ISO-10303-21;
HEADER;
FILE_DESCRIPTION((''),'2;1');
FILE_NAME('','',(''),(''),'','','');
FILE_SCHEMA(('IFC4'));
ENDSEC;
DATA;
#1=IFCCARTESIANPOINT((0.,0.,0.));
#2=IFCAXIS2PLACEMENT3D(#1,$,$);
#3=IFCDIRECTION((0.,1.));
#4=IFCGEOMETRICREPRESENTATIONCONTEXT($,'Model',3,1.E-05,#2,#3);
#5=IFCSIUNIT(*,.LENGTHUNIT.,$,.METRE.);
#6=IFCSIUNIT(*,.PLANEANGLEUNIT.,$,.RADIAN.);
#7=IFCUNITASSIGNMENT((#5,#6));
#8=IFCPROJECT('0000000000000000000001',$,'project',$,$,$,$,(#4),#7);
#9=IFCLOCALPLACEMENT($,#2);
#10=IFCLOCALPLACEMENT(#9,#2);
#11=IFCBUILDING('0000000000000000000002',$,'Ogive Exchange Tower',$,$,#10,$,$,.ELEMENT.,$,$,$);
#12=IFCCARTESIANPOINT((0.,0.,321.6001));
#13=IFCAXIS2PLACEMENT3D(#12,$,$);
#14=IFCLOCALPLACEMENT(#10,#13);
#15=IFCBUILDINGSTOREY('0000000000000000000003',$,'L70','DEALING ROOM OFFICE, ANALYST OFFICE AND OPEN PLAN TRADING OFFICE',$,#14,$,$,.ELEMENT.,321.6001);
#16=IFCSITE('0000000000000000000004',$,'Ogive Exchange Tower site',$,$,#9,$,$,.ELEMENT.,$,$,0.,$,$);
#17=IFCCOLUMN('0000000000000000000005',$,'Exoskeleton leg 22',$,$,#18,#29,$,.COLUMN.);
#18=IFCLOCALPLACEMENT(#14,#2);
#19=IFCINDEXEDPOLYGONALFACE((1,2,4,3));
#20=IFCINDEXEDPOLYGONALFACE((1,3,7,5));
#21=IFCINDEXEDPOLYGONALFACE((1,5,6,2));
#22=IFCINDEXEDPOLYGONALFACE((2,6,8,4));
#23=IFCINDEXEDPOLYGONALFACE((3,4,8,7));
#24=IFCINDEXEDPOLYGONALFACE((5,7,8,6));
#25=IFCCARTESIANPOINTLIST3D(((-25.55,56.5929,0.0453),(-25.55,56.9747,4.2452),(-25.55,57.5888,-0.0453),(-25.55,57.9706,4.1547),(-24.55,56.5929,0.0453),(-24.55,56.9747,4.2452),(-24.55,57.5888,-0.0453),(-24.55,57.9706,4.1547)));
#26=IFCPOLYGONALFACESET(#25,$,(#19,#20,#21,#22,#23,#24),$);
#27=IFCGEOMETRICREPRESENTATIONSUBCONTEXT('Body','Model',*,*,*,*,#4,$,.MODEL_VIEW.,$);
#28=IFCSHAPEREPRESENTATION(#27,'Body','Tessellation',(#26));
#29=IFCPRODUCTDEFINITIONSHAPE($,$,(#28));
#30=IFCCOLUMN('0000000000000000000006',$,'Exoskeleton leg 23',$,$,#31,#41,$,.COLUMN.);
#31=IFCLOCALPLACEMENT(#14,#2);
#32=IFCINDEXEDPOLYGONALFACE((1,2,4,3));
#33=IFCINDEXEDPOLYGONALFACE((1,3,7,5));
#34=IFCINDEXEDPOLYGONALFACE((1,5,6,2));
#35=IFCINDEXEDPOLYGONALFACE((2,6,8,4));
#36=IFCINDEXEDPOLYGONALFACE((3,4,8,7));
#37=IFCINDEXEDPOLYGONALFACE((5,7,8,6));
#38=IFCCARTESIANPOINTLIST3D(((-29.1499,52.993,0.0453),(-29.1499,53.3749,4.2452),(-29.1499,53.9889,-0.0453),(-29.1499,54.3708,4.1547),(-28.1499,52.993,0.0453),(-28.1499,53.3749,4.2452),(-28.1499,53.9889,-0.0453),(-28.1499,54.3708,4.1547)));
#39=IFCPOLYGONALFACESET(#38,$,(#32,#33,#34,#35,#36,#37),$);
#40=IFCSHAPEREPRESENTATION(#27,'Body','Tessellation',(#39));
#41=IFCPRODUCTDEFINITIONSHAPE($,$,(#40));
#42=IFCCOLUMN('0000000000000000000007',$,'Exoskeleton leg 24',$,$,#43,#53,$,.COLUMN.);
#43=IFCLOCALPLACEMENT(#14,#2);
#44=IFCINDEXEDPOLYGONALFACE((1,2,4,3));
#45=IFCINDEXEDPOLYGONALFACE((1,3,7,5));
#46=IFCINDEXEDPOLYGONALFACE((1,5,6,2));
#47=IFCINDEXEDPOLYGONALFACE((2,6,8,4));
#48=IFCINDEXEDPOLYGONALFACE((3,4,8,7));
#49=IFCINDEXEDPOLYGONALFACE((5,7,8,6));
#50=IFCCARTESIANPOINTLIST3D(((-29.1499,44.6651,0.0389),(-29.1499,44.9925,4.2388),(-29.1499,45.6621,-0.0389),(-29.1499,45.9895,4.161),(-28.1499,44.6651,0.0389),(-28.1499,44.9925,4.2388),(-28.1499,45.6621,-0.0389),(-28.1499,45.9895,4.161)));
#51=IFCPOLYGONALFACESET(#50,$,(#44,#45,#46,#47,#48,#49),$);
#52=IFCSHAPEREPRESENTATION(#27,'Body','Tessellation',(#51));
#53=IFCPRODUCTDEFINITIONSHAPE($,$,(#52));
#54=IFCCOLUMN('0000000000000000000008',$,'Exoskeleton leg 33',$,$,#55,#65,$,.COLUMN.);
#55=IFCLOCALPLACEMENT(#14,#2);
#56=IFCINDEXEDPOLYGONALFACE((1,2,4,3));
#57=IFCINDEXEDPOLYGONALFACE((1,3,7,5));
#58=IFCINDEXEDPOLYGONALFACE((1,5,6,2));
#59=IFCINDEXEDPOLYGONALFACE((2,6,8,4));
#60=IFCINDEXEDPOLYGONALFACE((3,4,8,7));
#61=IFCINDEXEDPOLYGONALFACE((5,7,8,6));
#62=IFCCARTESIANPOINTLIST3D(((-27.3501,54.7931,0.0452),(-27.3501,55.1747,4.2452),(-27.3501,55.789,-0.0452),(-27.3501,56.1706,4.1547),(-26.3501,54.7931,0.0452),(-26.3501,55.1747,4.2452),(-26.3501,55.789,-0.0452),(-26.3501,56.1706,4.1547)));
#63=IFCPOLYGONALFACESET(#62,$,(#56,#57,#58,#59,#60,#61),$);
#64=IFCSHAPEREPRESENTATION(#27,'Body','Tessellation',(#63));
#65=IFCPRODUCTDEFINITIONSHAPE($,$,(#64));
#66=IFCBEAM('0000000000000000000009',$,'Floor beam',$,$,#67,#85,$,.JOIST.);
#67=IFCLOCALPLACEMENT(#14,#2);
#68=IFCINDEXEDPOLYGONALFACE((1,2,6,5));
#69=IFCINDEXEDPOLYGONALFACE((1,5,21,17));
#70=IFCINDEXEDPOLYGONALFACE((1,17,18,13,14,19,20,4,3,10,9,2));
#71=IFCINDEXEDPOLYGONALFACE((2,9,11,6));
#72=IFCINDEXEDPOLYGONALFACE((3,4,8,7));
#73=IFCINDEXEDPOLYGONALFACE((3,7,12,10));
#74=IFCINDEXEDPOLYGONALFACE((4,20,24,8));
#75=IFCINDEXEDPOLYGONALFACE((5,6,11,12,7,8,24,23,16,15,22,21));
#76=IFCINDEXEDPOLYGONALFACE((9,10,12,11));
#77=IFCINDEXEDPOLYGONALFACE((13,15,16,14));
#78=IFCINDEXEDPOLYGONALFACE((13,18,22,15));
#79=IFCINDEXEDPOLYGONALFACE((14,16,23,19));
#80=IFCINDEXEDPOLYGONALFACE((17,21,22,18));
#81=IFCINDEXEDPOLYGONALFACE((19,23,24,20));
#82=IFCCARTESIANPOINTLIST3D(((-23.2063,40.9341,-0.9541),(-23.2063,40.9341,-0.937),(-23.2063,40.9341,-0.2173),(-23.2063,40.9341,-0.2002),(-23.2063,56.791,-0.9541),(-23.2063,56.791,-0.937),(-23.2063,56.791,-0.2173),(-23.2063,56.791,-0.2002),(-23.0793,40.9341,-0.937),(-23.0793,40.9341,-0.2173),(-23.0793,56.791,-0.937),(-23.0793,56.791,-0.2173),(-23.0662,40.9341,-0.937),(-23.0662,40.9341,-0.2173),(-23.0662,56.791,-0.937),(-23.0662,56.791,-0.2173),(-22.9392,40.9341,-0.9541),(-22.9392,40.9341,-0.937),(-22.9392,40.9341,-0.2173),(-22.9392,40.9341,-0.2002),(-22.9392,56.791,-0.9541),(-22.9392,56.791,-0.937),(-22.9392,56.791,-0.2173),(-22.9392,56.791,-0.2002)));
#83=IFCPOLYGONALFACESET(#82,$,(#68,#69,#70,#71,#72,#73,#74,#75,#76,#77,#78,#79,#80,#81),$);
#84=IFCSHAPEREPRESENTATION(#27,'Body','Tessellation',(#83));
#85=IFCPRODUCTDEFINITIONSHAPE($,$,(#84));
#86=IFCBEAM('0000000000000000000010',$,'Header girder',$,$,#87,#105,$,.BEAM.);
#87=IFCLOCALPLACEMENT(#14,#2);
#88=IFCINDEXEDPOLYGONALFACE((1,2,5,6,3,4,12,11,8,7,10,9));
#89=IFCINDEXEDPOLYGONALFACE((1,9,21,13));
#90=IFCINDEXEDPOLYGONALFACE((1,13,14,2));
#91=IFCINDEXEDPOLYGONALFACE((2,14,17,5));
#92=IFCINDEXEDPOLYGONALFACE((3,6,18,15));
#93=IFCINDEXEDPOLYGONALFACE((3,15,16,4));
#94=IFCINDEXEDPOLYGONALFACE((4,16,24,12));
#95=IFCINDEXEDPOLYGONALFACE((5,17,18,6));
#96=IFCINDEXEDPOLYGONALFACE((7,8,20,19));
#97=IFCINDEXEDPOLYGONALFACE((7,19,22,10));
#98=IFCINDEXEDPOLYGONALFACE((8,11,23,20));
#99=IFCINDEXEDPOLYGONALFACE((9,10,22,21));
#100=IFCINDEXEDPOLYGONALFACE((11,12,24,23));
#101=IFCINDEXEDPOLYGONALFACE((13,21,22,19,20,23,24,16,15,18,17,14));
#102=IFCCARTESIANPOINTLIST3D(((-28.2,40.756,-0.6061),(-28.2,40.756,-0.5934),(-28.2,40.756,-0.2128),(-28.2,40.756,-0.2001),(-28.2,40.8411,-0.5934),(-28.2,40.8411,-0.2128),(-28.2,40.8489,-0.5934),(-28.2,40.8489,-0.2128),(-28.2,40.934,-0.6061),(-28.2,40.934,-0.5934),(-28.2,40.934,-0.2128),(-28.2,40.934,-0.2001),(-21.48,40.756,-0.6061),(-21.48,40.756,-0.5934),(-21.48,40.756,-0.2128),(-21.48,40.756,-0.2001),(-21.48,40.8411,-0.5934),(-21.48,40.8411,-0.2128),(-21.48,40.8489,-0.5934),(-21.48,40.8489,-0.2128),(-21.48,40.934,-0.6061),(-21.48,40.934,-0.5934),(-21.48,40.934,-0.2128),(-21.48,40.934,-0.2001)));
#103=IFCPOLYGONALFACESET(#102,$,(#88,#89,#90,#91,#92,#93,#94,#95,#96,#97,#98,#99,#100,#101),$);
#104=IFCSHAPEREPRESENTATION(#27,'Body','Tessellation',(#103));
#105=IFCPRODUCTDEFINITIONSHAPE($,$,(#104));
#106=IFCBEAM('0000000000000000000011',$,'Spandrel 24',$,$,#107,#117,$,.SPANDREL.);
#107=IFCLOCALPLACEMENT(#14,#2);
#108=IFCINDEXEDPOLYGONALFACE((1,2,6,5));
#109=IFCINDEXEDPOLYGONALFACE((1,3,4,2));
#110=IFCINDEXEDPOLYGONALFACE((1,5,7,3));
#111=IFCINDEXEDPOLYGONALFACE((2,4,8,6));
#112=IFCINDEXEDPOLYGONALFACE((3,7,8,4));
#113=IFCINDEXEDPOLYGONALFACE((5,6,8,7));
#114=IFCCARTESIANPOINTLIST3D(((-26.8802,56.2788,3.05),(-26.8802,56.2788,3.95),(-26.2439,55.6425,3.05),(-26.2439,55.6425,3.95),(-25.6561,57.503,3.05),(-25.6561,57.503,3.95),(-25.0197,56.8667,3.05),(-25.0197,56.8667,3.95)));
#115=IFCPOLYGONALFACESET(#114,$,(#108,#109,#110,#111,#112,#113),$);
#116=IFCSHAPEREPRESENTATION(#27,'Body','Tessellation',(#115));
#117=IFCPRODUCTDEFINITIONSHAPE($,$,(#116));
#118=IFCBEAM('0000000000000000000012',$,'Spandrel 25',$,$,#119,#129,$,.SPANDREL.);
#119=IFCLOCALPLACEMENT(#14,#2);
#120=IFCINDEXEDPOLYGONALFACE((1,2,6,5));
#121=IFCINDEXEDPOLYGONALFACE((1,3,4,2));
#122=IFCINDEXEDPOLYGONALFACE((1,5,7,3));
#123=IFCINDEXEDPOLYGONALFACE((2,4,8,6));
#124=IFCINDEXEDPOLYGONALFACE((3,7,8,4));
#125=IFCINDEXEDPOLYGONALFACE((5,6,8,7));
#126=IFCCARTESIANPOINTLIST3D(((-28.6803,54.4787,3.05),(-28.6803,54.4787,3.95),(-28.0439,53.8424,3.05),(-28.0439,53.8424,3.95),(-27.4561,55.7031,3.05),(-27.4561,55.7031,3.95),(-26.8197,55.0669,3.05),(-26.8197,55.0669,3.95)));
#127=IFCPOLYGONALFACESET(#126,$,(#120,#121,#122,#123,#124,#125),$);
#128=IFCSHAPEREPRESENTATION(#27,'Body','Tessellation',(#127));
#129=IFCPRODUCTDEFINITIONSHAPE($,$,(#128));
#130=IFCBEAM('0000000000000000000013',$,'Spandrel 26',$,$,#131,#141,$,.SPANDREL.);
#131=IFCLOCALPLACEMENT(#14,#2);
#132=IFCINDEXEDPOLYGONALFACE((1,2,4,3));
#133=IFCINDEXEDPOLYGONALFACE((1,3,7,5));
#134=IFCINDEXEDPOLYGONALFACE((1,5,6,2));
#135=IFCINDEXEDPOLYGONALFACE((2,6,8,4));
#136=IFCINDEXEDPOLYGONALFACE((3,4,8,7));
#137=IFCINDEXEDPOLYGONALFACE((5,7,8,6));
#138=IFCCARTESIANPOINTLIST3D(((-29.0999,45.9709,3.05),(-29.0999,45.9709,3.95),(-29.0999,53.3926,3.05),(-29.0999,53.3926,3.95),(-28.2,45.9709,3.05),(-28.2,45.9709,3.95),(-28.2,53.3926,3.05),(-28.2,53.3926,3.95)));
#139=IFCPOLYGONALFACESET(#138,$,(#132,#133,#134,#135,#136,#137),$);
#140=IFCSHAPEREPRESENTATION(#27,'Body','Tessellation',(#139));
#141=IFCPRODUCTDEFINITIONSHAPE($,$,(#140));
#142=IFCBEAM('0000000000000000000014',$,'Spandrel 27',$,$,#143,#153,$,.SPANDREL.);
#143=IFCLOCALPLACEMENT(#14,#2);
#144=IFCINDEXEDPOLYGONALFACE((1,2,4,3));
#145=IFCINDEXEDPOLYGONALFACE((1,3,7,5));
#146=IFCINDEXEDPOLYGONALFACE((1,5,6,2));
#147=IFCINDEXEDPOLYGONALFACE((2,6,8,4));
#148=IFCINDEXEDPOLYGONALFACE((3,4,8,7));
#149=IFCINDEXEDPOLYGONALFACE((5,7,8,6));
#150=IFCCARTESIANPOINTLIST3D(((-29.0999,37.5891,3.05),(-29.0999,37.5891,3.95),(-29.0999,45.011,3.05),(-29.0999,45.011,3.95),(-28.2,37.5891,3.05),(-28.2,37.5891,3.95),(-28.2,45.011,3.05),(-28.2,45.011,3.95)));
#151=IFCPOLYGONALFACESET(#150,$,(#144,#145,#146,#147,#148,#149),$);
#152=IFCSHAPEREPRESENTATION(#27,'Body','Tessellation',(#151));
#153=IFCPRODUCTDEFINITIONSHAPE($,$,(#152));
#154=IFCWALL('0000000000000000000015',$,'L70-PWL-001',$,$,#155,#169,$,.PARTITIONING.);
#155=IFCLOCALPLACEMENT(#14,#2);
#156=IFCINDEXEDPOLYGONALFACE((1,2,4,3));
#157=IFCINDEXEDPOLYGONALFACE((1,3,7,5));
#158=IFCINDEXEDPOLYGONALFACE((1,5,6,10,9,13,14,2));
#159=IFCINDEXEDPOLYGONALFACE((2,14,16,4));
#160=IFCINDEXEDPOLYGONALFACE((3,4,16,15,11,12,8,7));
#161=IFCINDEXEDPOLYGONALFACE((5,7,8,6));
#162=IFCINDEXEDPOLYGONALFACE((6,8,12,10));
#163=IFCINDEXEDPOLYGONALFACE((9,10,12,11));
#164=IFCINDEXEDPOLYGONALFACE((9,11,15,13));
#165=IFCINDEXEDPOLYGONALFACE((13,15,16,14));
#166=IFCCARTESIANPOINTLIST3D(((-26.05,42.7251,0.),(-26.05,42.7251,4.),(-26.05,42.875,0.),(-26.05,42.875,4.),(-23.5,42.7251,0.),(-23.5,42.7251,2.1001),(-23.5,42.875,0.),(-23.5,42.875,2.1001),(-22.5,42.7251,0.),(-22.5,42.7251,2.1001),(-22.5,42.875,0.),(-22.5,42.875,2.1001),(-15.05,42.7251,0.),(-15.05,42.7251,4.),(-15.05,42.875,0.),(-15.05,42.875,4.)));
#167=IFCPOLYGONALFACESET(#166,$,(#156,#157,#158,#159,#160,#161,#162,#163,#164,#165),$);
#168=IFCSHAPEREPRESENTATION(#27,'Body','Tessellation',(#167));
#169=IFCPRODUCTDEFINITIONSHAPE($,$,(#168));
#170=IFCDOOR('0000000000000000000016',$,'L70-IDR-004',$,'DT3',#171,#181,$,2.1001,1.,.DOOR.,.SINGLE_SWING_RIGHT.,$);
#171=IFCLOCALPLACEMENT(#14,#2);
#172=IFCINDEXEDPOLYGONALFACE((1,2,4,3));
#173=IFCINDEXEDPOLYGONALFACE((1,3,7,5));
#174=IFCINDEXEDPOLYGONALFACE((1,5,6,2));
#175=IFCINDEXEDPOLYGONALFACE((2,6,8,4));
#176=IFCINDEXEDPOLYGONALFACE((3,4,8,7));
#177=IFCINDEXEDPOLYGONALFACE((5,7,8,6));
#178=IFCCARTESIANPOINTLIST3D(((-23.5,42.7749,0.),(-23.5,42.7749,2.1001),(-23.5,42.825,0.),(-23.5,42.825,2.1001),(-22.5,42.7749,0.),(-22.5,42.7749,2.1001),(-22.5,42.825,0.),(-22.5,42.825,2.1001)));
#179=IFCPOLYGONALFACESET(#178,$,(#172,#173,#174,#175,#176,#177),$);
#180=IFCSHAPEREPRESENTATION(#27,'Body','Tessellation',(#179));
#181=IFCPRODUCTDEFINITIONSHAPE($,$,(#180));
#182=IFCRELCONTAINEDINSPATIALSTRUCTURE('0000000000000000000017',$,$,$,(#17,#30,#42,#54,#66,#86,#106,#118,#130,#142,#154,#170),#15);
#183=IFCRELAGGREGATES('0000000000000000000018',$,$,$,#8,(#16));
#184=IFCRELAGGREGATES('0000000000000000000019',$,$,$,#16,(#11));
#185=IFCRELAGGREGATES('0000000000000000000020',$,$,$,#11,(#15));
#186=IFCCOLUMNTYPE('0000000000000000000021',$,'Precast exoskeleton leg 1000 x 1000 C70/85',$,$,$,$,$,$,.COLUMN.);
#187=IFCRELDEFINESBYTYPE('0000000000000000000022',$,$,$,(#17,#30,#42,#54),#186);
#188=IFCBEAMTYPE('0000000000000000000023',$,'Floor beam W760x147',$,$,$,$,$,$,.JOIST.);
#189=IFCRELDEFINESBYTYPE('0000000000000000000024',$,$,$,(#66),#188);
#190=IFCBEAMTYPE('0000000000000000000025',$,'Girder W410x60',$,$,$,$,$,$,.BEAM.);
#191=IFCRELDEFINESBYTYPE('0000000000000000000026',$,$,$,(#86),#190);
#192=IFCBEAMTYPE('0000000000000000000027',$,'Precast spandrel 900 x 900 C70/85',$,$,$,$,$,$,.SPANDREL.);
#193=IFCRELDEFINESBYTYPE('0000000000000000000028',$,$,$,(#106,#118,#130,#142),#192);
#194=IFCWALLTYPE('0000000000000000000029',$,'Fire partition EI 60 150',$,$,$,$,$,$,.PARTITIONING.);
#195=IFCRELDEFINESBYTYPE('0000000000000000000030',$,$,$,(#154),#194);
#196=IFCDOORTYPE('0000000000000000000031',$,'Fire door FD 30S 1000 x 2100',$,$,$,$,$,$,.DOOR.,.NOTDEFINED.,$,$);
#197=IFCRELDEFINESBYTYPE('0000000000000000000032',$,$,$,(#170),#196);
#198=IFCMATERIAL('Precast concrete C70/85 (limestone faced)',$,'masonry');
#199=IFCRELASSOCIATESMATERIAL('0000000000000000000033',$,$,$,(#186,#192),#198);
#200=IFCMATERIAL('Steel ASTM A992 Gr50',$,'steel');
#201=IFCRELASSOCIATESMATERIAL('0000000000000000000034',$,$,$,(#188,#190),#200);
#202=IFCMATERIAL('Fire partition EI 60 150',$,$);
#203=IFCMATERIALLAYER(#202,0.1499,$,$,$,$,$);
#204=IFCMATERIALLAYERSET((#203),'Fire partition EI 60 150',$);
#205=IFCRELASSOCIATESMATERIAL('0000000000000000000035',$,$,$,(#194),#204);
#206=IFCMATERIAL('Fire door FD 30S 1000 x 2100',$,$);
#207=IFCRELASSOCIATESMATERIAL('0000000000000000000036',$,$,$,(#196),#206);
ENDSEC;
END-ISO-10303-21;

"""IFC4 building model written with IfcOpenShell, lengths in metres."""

from ifc_helpers import new_model, si_unit, direction, frame, frame_2d, origin, origin_2d, place, context, subcontext, project, spatial, rectangle, i_section, extrude, material, layer, layer_set, material_profile, profile_set, type_object, element, fill, save


model = new_model("IFC4")

# Units and contexts
model_context = context("Model", 3, precision=1e-05, world=origin(), true_north=direction((0.0, 1.0)))
body_context = subcontext(model_context, "Body", "Model", "MODEL_VIEW")
ifc_project = project(units=[si_unit("LENGTHUNIT", "METRE"), si_unit("PLANEANGLEUNIT", "RADIAN")], contexts=[model_context])

# Site, building, storey
site_placement = place(None, origin())
site = spatial("IfcSite", under=ifc_project, at=site_placement, Name="Ogive Exchange Tower site", CompositionType="ELEMENT", RefElevation=0.0)
building_placement = place(site_placement, origin())
building = spatial("IfcBuilding", under=site, at=building_placement, Name="Ogive Exchange Tower", CompositionType="ELEMENT")
storey_placement = place(building_placement, frame((0.0, 0.0, 321.6001)))
storey = spatial("IfcBuildingStorey", under=building, at=storey_placement, Name="L70", Description="DEALING ROOM OFFICE, ANALYST OFFICE AND OPEN PLAN TRADING OFFICE", CompositionType="ELEMENT", Elevation=321.6001)

# Columns
ifc_material_1 = material(Name="Precast concrete C70/85 (limestone faced)", Category="masonry")
ifc_material_profile_1 = material_profile(ifc_material_1, rectangle(XDim=1.0, YDim=1.0, at=origin_2d()), Name="1000 x 1000")
ifc_profile_set_1 = profile_set([ifc_material_profile_1], Name="Precast concrete C70/85 (limestone faced)")
column_type = type_object("IfcColumnType", Name="Precast exoskeleton leg 1000 x 1000 C70/85", PredefinedType="COLUMN", material=ifc_profile_set_1)
for number, where, z_axis, x_axis, name in (
    (1, (-25.05, 57.0908, 0.0), (0.0, 0.090541, 0.995893), (-1.0, 0.0, 0.0), "Exoskeleton leg 22"),
    (2, (-28.6499, 53.491, 0.0), (0.0, 0.090541, 0.995893), (-1.0, 0.0, 0.0), "Exoskeleton leg 23"),
):
    element("IfcColumn", number, at=place(storey_placement, frame(where, z_axis=z_axis, x_axis=x_axis)), inside=storey, type_object=column_type, Name=name, PredefinedType="COLUMN", context=body_context, shape_type="SweptSolid", body=[
        extrude(rectangle(XDim=1.0, YDim=1.0, at=origin_2d()), origin(), (0.0, 0.0, 1.0), 4.2173),
    ])
column_1_placement = place(storey_placement, frame((-28.6499, 45.1636, 0.0), z_axis=(0.0, 0.077716, 0.996976), x_axis=(-1.0, 0.0, 0.0)))
element("IfcColumn", 3, at=column_1_placement, inside=storey, type_object=column_type, Name="Exoskeleton leg 24", PredefinedType="COLUMN", context=body_context, shape_type="SweptSolid", body=[
    extrude(rectangle(XDim=1.0, YDim=1.0, at=origin_2d()), origin(), (0.0, 0.0, 1.0), 4.2126),
])
column_2_placement = place(storey_placement, frame((-26.8501, 55.291, 0.0), z_axis=(0.0, 0.090484, 0.995898), x_axis=(-1.0, 0.0, 0.0)))
element("IfcColumn", 4, at=column_2_placement, inside=storey, type_object=column_type, Name="Exoskeleton leg 33", PredefinedType="COLUMN", context=body_context, shape_type="SweptSolid", body=[
    extrude(rectangle(XDim=1.0, YDim=1.0, at=origin_2d()), origin(), (0.0, 0.0, 1.0), 4.2173),
])

# Beams
ifc_material_2 = material(Name="Steel ASTM A992 Gr50", Category="steel")
ifc_material_profile_2 = material_profile(ifc_material_2, i_section(OverallWidth=0.2671, OverallDepth=0.7539, WebThickness=0.0132, FlangeThickness=0.0171, at=origin_2d()), Name="W760x147")
ifc_profile_set_2 = profile_set([ifc_material_profile_2], Name="Steel ASTM A992 Gr50")
beam_type_1 = type_object("IfcBeamType", Name="Floor beam W760x147", PredefinedType="JOIST", material=ifc_profile_set_2)
beam_1_placement = place(storey_placement, frame((-23.0728, 40.9341, -0.5771), z_axis=(0.0, 1.0, 0.0), x_axis=(-1.0, 0.0, 0.0)))
element("IfcBeam", 5, at=beam_1_placement, inside=storey, type_object=beam_type_1, Name="Floor beam", PredefinedType="JOIST", context=body_context, shape_type="SweptSolid", body=[
    extrude(i_section(OverallWidth=0.2671, OverallDepth=0.7539, WebThickness=0.0132, FlangeThickness=0.0171, at=origin_2d()), origin(), (0.0, 0.0, 1.0), 15.8569),
])
ifc_material_profile_3 = material_profile(ifc_material_2, i_section(OverallWidth=0.178, OverallDepth=0.406, WebThickness=0.0078, FlangeThickness=0.0127, at=origin_2d()), Name="W410x60")
ifc_profile_set_3 = profile_set([ifc_material_profile_3], Name="Steel ASTM A992 Gr50")
beam_type_2 = type_object("IfcBeamType", Name="Girder W410x60", PredefinedType="BEAM", material=ifc_profile_set_3)
beam_2_placement = place(storey_placement, frame((-28.2, 40.845, -0.4031), z_axis=(1.0, 0.0, 0.0), x_axis=(0.0, 1.0, 0.0)))
element("IfcBeam", 6, at=beam_2_placement, inside=storey, type_object=beam_type_2, Name="Header girder", PredefinedType="BEAM", context=body_context, shape_type="SweptSolid", body=[
    extrude(i_section(OverallWidth=0.178, OverallDepth=0.406, WebThickness=0.0078, FlangeThickness=0.0127, at=origin_2d()), origin(), (0.0, 0.0, 1.0), 6.72),
])
ifc_material_profile_4 = material_profile(ifc_material_1, rectangle(XDim=0.8999, YDim=0.8999, at=origin_2d()), Name="900 x 900")
ifc_profile_set_4 = profile_set([ifc_material_profile_4], Name="Precast concrete C70/85 (limestone faced)")
beam_type_3 = type_object("IfcBeamType", Name="Precast spandrel 900 x 900 C70/85", PredefinedType="SPANDREL", material=ifc_profile_set_4)
beam_3_placement = place(storey_placement, frame((-25.3379, 57.1848, 3.5), z_axis=(-0.707107, -0.707107, 0.0), x_axis=(0.707107, -0.707107, 0.0)))
element("IfcBeam", 7, at=beam_3_placement, inside=storey, type_object=beam_type_3, Name="Spandrel 24", PredefinedType="SPANDREL", context=body_context, shape_type="SweptSolid", body=[
    extrude(rectangle(XDim=0.8999, YDim=0.8999, at=origin_2d()), origin(), (0.0, 0.0, 1.0), 1.7312),
])
beam_4_placement = place(storey_placement, frame((-27.1379, 55.385, 3.5), z_axis=(-0.707036, -0.707177, 0.0), x_axis=(0.707177, -0.707036, 0.0)))
element("IfcBeam", 8, at=beam_4_placement, inside=storey, type_object=beam_type_3, Name="Spandrel 25", PredefinedType="SPANDREL", context=body_context, shape_type="SweptSolid", body=[
    extrude(rectangle(XDim=0.8999, YDim=0.8999, at=origin_2d()), origin(), (0.0, 0.0, 1.0), 1.7314),
])
beam_5_placement = place(storey_placement, frame((-28.6499, 53.3926, 3.5), z_axis=(0.0, -1.0, 0.0), x_axis=(1.0, 0.0, 0.0)))
element("IfcBeam", 9, at=beam_5_placement, inside=storey, type_object=beam_type_3, Name="Spandrel 26", PredefinedType="SPANDREL", context=body_context, shape_type="SweptSolid", body=[
    extrude(rectangle(XDim=0.8999, YDim=0.8999, at=origin_2d()), origin(), (0.0, 0.0, 1.0), 7.4216),
])
beam_6_placement = place(storey_placement, frame((-28.6499, 45.011, 3.5), z_axis=(0.0, -1.0, 0.0), x_axis=(1.0, 0.0, 0.0)))
element("IfcBeam", 10, at=beam_6_placement, inside=storey, type_object=beam_type_3, Name="Spandrel 27", PredefinedType="SPANDREL", context=body_context, shape_type="SweptSolid", body=[
    extrude(rectangle(XDim=0.8999, YDim=0.8999, at=origin_2d()), origin(), (0.0, 0.0, 1.0), 7.4219),
])

# Wall, opening, door
ifc_material_3 = material(Name="Fire partition EI 60 150")
ifc_layer_1 = layer(ifc_material_3, 0.1499)
ifc_layer_set_1 = layer_set([ifc_layer_1], Name="Fire partition EI 60 150")
wall_type_1 = type_object("IfcWallType", Name="Fire partition EI 60 150", PredefinedType="PARTITIONING", material=ifc_layer_set_1)
wall_1_placement = place(storey_placement, frame((-26.05, 42.8, 0.0), z_axis=(0.0, 0.0, 1.0), x_axis=(1.0, 0.0, 0.0)))
wall_1 = element("IfcWall", 11, at=wall_1_placement, inside=storey, type_object=wall_type_1, Name="L70-PWL-001", PredefinedType="PARTITIONING", context=body_context, shape_type="SweptSolid", body=[
    extrude(rectangle(XDim=11.0, YDim=0.1499, at=frame_2d((5.5, 0.0))), origin(), (0.0, 0.0, 1.0), 4.0),
])
opening_1_placement = place(wall_1_placement, frame((2.55, 0.0, 0.0)))
opening_1 = element("IfcOpeningElement", 12, at=opening_1_placement, cuts=wall_1, PredefinedType="OPENING", context=body_context, shape_type="SweptSolid", body=[
    extrude(rectangle(XDim=1.0, YDim=2.1001, at=frame_2d((0.5, 1.05))), frame((0.0, 0.085, 0.0), z_axis=(0.0, -1.0, 0.0), x_axis=(1.0, 0.0, 0.0)), (0.0, 0.0, 1.0), 0.1699),
])
ifc_material_4 = material(Name="Fire door FD 30S 1000 x 2100")
door_type_1 = type_object("IfcDoorType", Name="Fire door FD 30S 1000 x 2100", OperationType="NOTDEFINED", PredefinedType="DOOR", material=ifc_material_4)
door_1_placement = place(opening_1_placement, origin())
door_1 = element("IfcDoor", 13, at=door_1_placement, inside=storey, type_object=door_type_1, Name="L70-IDR-004", ObjectType="DT3", OperationType="SINGLE_SWING_RIGHT", OverallHeight=2.1001, OverallWidth=1.0, PredefinedType="DOOR", context=body_context, shape_type="SweptSolid", body=[
    extrude(rectangle(XDim=1.0, YDim=2.1001, at=frame_2d((0.5, 1.05))), frame((0.0, 0.0249, 0.0), z_axis=(0.0, -1.0, 0.0), x_axis=(1.0, 0.0, 0.0)), (0.0, 0.0, 1.0), 0.05),
])
fill(opening_1, door_1)

save(model, "model.ifc")
